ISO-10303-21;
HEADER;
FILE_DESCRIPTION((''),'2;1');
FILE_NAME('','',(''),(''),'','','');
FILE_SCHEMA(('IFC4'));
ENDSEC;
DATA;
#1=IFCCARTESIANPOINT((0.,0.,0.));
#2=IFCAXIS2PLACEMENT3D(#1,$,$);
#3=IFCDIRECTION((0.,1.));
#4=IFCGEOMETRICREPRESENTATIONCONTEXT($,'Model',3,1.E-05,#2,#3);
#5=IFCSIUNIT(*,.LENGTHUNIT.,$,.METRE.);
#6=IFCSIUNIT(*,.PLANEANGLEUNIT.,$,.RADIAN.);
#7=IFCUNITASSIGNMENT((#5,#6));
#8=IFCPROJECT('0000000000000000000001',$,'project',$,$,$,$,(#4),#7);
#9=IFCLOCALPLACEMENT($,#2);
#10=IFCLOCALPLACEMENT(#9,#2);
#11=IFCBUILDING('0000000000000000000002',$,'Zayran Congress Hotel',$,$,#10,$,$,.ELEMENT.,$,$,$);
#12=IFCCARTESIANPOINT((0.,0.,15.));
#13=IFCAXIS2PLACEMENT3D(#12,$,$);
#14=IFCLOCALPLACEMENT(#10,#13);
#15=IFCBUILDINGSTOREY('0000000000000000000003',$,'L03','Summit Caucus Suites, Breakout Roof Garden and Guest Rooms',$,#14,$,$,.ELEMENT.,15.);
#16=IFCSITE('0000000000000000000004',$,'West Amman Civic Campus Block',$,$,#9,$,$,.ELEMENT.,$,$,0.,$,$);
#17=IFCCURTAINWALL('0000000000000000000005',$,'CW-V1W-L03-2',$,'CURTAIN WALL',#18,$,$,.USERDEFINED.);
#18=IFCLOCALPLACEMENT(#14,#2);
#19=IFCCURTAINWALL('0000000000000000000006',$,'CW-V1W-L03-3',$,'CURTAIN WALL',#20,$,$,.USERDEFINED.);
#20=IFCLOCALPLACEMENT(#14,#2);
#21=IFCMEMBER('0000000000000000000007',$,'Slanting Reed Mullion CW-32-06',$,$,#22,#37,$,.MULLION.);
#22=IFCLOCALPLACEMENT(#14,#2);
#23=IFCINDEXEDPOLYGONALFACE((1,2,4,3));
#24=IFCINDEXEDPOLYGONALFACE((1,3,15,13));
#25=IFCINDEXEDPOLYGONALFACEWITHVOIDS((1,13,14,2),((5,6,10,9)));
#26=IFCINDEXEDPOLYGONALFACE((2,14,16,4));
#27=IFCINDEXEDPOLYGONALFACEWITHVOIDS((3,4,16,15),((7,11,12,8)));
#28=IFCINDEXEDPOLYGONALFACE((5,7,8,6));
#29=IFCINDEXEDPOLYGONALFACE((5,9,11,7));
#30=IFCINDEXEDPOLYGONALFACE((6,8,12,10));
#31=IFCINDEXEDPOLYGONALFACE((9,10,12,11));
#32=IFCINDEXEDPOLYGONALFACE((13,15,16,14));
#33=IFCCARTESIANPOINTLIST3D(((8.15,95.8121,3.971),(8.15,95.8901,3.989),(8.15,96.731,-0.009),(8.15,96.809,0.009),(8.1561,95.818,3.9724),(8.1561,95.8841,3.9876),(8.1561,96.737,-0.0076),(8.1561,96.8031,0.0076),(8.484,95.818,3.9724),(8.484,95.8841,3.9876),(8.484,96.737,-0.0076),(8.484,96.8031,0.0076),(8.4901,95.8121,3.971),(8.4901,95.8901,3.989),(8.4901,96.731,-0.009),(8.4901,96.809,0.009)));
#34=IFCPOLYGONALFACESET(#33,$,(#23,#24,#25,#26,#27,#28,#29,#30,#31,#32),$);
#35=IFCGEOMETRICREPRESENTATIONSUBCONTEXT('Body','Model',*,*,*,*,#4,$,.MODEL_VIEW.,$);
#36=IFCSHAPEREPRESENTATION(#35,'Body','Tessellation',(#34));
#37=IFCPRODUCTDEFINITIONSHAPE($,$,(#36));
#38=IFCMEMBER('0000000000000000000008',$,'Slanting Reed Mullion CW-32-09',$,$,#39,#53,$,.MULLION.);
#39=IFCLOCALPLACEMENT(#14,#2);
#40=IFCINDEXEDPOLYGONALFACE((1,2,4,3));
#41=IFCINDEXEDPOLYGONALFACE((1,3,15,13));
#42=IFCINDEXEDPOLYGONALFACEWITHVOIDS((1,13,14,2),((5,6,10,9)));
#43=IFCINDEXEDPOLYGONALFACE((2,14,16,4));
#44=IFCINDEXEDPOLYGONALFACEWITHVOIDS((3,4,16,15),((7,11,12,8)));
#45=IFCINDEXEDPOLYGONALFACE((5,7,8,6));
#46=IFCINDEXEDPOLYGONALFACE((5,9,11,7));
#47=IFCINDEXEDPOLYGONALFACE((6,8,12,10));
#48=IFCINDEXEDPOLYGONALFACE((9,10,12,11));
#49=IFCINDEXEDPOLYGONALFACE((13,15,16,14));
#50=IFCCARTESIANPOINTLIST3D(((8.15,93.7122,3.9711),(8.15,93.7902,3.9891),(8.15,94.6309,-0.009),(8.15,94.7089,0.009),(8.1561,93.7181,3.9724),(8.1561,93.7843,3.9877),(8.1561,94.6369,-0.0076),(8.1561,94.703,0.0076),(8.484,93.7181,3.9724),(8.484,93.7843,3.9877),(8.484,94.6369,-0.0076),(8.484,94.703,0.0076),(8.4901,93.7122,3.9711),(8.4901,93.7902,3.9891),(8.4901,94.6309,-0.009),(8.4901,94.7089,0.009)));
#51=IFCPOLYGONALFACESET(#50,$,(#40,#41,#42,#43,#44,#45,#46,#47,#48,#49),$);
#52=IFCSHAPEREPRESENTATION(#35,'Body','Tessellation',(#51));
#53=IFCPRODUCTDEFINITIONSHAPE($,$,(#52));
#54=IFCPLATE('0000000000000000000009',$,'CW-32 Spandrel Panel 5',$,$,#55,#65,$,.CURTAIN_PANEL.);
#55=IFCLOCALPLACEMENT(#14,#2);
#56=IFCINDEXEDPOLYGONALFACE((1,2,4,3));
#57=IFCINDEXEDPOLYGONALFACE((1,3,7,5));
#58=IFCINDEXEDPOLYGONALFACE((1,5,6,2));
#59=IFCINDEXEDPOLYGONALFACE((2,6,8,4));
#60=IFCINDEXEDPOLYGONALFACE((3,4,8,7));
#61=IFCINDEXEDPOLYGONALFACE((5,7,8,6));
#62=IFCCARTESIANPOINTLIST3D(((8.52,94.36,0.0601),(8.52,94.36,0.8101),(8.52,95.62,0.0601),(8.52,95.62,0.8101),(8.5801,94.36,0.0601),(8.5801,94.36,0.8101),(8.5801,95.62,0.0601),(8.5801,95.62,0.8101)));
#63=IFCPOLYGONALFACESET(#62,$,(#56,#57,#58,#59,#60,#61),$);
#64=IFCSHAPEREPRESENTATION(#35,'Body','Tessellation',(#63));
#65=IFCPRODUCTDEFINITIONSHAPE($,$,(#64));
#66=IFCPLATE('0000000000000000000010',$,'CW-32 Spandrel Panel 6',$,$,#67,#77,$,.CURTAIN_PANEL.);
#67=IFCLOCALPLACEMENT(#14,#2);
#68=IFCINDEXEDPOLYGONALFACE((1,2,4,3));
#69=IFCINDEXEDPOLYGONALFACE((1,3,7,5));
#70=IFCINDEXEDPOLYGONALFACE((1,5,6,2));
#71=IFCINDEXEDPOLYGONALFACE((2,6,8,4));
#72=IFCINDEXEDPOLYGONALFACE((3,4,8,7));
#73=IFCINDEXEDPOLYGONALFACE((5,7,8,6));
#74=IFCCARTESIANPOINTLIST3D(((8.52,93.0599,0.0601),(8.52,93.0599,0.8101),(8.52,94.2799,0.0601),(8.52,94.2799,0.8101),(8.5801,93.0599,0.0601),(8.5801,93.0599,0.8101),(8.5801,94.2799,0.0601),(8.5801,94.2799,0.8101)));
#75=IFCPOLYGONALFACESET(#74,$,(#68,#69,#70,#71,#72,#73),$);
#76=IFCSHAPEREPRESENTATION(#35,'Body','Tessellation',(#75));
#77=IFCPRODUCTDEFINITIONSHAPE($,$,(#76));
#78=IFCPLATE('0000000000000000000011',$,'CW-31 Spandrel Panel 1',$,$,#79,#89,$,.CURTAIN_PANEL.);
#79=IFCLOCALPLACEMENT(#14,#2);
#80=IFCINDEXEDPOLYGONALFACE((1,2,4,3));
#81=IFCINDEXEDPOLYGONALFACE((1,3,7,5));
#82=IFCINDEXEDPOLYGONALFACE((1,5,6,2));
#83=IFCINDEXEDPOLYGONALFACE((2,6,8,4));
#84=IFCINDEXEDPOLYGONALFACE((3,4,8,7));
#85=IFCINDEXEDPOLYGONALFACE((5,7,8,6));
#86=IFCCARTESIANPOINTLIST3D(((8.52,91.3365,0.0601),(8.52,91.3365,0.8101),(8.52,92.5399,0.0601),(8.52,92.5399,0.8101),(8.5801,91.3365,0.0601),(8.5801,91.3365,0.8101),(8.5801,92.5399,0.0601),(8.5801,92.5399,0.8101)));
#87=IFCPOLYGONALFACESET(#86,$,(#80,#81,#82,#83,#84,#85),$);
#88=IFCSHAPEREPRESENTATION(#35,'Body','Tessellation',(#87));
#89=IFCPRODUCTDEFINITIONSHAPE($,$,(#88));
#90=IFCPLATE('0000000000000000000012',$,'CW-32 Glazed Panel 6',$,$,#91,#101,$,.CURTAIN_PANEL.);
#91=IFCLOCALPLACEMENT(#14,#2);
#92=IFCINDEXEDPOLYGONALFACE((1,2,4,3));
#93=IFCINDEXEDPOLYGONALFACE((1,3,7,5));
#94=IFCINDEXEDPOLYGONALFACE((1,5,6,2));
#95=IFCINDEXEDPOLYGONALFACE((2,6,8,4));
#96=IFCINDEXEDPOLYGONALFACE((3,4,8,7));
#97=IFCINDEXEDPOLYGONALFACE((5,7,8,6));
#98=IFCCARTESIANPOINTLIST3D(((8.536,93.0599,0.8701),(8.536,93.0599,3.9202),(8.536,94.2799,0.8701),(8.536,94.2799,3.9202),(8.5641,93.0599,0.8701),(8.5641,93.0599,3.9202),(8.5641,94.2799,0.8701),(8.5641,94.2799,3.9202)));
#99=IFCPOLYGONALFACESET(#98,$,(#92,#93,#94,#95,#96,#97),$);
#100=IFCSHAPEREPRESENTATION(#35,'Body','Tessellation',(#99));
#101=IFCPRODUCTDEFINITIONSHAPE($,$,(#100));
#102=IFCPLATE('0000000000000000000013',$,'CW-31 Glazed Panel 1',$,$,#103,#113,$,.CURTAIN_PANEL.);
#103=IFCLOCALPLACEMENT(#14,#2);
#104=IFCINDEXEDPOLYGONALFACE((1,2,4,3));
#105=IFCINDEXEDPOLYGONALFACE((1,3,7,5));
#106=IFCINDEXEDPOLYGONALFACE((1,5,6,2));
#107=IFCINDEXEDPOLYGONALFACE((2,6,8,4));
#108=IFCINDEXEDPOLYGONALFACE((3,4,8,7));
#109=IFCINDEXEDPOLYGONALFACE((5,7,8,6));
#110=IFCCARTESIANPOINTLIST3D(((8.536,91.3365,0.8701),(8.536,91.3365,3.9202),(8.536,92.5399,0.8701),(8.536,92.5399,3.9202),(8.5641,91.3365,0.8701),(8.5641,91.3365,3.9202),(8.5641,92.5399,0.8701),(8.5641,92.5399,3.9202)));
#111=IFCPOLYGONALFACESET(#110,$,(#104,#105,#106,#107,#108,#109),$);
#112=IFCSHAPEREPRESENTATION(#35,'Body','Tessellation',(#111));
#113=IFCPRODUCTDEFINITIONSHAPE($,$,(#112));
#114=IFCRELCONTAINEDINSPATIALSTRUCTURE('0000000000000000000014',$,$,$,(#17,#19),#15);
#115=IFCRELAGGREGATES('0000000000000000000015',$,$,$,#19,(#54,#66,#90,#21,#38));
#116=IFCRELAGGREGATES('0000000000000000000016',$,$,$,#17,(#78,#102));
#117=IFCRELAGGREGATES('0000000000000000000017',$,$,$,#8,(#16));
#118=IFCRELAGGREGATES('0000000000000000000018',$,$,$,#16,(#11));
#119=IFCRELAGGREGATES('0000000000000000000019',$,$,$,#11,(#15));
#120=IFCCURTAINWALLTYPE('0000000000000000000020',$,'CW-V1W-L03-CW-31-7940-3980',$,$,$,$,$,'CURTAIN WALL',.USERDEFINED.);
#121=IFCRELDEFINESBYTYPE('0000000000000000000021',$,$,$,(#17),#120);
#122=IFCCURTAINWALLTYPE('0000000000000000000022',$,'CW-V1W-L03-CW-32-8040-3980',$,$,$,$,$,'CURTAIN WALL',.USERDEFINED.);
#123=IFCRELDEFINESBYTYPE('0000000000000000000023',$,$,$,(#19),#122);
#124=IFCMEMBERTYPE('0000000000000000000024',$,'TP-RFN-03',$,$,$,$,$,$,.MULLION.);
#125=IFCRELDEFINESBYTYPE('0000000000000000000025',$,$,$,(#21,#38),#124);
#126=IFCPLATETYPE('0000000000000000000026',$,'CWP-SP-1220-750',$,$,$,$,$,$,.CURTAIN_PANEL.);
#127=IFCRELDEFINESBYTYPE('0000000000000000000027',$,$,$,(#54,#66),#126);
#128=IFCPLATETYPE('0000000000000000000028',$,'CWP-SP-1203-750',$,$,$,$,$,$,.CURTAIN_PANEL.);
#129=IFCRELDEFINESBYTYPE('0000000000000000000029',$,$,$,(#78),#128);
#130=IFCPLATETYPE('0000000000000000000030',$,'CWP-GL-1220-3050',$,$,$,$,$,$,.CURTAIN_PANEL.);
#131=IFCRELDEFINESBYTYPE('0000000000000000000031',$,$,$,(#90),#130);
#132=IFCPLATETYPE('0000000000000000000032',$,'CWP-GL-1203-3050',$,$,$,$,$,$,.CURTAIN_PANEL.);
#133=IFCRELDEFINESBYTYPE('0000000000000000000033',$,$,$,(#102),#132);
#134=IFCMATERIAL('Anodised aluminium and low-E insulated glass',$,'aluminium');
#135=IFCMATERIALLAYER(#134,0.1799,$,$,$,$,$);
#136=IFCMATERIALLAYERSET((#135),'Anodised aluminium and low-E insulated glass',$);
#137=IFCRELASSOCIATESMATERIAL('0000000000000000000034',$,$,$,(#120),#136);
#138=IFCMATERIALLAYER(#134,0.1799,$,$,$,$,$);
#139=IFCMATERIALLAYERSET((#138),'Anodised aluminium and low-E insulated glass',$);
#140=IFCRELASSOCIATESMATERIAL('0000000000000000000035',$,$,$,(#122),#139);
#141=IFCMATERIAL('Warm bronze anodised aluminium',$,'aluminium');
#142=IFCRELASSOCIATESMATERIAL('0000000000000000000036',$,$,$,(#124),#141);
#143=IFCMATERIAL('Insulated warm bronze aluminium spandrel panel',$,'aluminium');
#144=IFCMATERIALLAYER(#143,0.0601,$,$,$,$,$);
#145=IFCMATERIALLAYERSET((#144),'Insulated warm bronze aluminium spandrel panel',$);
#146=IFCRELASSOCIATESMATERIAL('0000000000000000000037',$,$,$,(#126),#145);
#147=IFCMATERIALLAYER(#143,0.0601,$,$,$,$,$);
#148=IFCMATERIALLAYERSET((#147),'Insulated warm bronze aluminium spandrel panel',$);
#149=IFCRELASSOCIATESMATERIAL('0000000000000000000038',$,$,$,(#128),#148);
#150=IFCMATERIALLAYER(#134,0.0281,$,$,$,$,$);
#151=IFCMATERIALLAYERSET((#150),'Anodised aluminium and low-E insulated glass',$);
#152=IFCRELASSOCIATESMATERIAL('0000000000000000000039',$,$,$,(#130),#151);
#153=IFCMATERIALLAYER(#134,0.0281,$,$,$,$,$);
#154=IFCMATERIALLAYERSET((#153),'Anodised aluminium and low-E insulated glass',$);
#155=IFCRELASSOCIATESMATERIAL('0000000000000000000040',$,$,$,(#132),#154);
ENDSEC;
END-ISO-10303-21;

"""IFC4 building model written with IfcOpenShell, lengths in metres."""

from ifc_helpers import new_model, si_unit, direction, frame, origin, origin_2d, place, context, subcontext, project, spatial, rectangle, hollow_rectangle, extrude, material, layer, layer_set, material_profile, profile_set, type_object, element, aggregate, save


model = new_model("IFC4")

# Units and contexts
model_context = context("Model", 3, precision=1e-05, world=origin(), true_north=direction((0.0, 1.0)))
body_context = subcontext(model_context, "Body", "Model", "MODEL_VIEW")
ifc_project = project(units=[si_unit("LENGTHUNIT", "METRE"), si_unit("PLANEANGLEUNIT", "RADIAN")], contexts=[model_context])

# Site, building, storey
site_placement = place(None, origin())
site = spatial("IfcSite", under=ifc_project, at=site_placement, Name="West Amman Civic Campus Block", CompositionType="ELEMENT", RefElevation=0.0)
building_placement = place(site_placement, origin())
building = spatial("IfcBuilding", under=site, at=building_placement, Name="Zayran Congress Hotel", CompositionType="ELEMENT")
storey_placement = place(building_placement, frame((0.0, 0.0, 15.0)))
storey = spatial("IfcBuildingStorey", under=building, at=storey_placement, Name="L03", Description="Summit Caucus Suites, Breakout Roof Garden and Guest Rooms", CompositionType="ELEMENT", Elevation=15.0)

# Curtain walls
ifc_material_1 = material(Name="Anodised aluminium and low-E insulated glass", Category="aluminium")
ifc_layer_1 = layer(ifc_material_1, 0.1799)
ifc_layer_set_1 = layer_set([ifc_layer_1], Name="Anodised aluminium and low-E insulated glass")
curtain_wall_type_1 = type_object("IfcCurtainWallType", Name="CW-V1W-L03-CW-31-7940-3980", ElementType="CURTAIN WALL", PredefinedType="USERDEFINED", material=ifc_layer_set_1)
curtain_wall_1_placement = place(storey_placement, origin())
curtain_wall_1 = element("IfcCurtainWall", 1, at=curtain_wall_1_placement, inside=storey, type_object=curtain_wall_type_1, Name="CW-V1W-L03-2", ObjectType="CURTAIN WALL", PredefinedType="USERDEFINED")
ifc_layer_2 = layer(ifc_material_1, 0.1799)
ifc_layer_set_2 = layer_set([ifc_layer_2], Name="Anodised aluminium and low-E insulated glass")
curtain_wall_type_2 = type_object("IfcCurtainWallType", Name="CW-V1W-L03-CW-32-8040-3980", ElementType="CURTAIN WALL", PredefinedType="USERDEFINED", material=ifc_layer_set_2)
curtain_wall_2_placement = place(storey_placement, origin())
curtain_wall_2 = element("IfcCurtainWall", 2, at=curtain_wall_2_placement, inside=storey, type_object=curtain_wall_type_2, Name="CW-V1W-L03-3", ObjectType="CURTAIN WALL", PredefinedType="USERDEFINED")

# Members
ifc_material_2 = material(Name="Warm bronze anodised aluminium", Category="aluminium")
ifc_material_profile_1 = material_profile(ifc_material_2, hollow_rectangle(XDim=0.0801, YDim=0.3401, WallThickness=0.0061, at=origin_2d()), Name="RHS 340x80x6")
ifc_profile_set_1 = profile_set([ifc_material_profile_1], Name="Warm bronze anodised aluminium")
member_type_1 = type_object("IfcMemberType", Name="TP-RFN-03", PredefinedType="MULLION", material=ifc_profile_set_1)
member_1_placement = place(storey_placement, frame((8.3201, 96.77, 0.0), z_axis=(0.0, -0.224973, 0.974365), x_axis=(0.0, 0.974365, 0.224973)))
member_1 = element("IfcMember", 3, at=member_1_placement, type_object=member_type_1, Name="Slanting Reed Mullion CW-32-06", PredefinedType="MULLION", context=body_context, shape_type="SweptSolid", body=[
    extrude(hollow_rectangle(XDim=0.0801, YDim=0.3401, WallThickness=0.0061, at=origin_2d()), origin(), (0.0, 0.0, 1.0), 4.0847),
])
member_2_placement = place(storey_placement, frame((8.3201, 94.6699, 0.0), z_axis=(0.0, -0.224916, 0.974378), x_axis=(0.0, 0.974378, 0.224916)))
member_2 = element("IfcMember", 4, at=member_2_placement, type_object=member_type_1, Name="Slanting Reed Mullion CW-32-09", PredefinedType="MULLION", context=body_context, shape_type="SweptSolid", body=[
    extrude(hollow_rectangle(XDim=0.0801, YDim=0.3401, WallThickness=0.0061, at=origin_2d()), origin(), (0.0, 0.0, 1.0), 4.0847),
])

# Plates
ifc_material_3 = material(Name="Insulated warm bronze aluminium spandrel panel", Category="aluminium")
ifc_layer_3 = layer(ifc_material_3, 0.0601)
ifc_layer_set_3 = layer_set([ifc_layer_3], Name="Insulated warm bronze aluminium spandrel panel")
plate_type_1 = type_object("IfcPlateType", Name="CWP-SP-1220-750", PredefinedType="CURTAIN_PANEL", material=ifc_layer_set_3)
plate_1_placement = place(storey_placement, frame((8.55, 94.99, 0.0601), z_axis=(0.0, 0.0, 1.0), x_axis=(0.0, 1.0, 0.0)))
plate_1 = element("IfcPlate", 5, at=plate_1_placement, type_object=plate_type_1, Name="CW-32 Spandrel Panel 5", PredefinedType="CURTAIN_PANEL", context=body_context, shape_type="SweptSolid", body=[
    extrude(rectangle(XDim=1.26, YDim=0.0601, at=origin_2d()), origin(), (0.0, 0.0, 1.0), 0.75),
])
plate_2_placement = place(storey_placement, frame((8.55, 93.6699, 0.0601), z_axis=(0.0, 0.0, 1.0), x_axis=(0.0, 1.0, 0.0)))
plate_2 = element("IfcPlate", 6, at=plate_2_placement, type_object=plate_type_1, Name="CW-32 Spandrel Panel 6", PredefinedType="CURTAIN_PANEL", context=body_context, shape_type="SweptSolid", body=[
    extrude(rectangle(XDim=1.22, YDim=0.0601, at=origin_2d()), origin(), (0.0, 0.0, 1.0), 0.75),
])
ifc_layer_4 = layer(ifc_material_3, 0.0601)
ifc_layer_set_4 = layer_set([ifc_layer_4], Name="Insulated warm bronze aluminium spandrel panel")
plate_type_2 = type_object("IfcPlateType", Name="CWP-SP-1203-750", PredefinedType="CURTAIN_PANEL", material=ifc_layer_set_4)
plate_3_placement = place(storey_placement, frame((8.55, 91.9382, 0.0601), z_axis=(0.0, 0.0, 1.0), x_axis=(0.0, 1.0, 0.0)))
plate_3 = element("IfcPlate", 7, at=plate_3_placement, type_object=plate_type_2, Name="CW-31 Spandrel Panel 1", PredefinedType="CURTAIN_PANEL", context=body_context, shape_type="SweptSolid", body=[
    extrude(rectangle(XDim=1.2034, YDim=0.0601, at=origin_2d()), origin(), (0.0, 0.0, 1.0), 0.75),
])
ifc_layer_5 = layer(ifc_material_1, 0.0281)
ifc_layer_set_5 = layer_set([ifc_layer_5], Name="Anodised aluminium and low-E insulated glass")
plate_type_3 = type_object("IfcPlateType", Name="CWP-GL-1220-3050", PredefinedType="CURTAIN_PANEL", material=ifc_layer_set_5)
plate_4_placement = place(storey_placement, frame((8.55, 93.6699, 0.8701), z_axis=(0.0, 0.0, 1.0), x_axis=(0.0, 1.0, 0.0)))
plate_4 = element("IfcPlate", 8, at=plate_4_placement, type_object=plate_type_3, Name="CW-32 Glazed Panel 6", PredefinedType="CURTAIN_PANEL", context=body_context, shape_type="SweptSolid", body=[
    extrude(rectangle(XDim=1.22, YDim=0.0281, at=origin_2d()), origin(), (0.0, 0.0, 1.0), 3.05),
])
aggregate(curtain_wall_2, [plate_1, plate_2, plate_4, member_1, member_2])
ifc_layer_6 = layer(ifc_material_1, 0.0281)
ifc_layer_set_6 = layer_set([ifc_layer_6], Name="Anodised aluminium and low-E insulated glass")
plate_type_4 = type_object("IfcPlateType", Name="CWP-GL-1203-3050", PredefinedType="CURTAIN_PANEL", material=ifc_layer_set_6)
plate_5_placement = place(storey_placement, frame((8.55, 91.9382, 0.8701), z_axis=(0.0, 0.0, 1.0), x_axis=(0.0, 1.0, 0.0)))
plate_5 = element("IfcPlate", 9, at=plate_5_placement, type_object=plate_type_4, Name="CW-31 Glazed Panel 1", PredefinedType="CURTAIN_PANEL", context=body_context, shape_type="SweptSolid", body=[
    extrude(rectangle(XDim=1.2034, YDim=0.0281, at=origin_2d()), origin(), (0.0, 0.0, 1.0), 3.05),
])
aggregate(curtain_wall_1, [plate_3, plate_5])

save(model, "model.ifc")
